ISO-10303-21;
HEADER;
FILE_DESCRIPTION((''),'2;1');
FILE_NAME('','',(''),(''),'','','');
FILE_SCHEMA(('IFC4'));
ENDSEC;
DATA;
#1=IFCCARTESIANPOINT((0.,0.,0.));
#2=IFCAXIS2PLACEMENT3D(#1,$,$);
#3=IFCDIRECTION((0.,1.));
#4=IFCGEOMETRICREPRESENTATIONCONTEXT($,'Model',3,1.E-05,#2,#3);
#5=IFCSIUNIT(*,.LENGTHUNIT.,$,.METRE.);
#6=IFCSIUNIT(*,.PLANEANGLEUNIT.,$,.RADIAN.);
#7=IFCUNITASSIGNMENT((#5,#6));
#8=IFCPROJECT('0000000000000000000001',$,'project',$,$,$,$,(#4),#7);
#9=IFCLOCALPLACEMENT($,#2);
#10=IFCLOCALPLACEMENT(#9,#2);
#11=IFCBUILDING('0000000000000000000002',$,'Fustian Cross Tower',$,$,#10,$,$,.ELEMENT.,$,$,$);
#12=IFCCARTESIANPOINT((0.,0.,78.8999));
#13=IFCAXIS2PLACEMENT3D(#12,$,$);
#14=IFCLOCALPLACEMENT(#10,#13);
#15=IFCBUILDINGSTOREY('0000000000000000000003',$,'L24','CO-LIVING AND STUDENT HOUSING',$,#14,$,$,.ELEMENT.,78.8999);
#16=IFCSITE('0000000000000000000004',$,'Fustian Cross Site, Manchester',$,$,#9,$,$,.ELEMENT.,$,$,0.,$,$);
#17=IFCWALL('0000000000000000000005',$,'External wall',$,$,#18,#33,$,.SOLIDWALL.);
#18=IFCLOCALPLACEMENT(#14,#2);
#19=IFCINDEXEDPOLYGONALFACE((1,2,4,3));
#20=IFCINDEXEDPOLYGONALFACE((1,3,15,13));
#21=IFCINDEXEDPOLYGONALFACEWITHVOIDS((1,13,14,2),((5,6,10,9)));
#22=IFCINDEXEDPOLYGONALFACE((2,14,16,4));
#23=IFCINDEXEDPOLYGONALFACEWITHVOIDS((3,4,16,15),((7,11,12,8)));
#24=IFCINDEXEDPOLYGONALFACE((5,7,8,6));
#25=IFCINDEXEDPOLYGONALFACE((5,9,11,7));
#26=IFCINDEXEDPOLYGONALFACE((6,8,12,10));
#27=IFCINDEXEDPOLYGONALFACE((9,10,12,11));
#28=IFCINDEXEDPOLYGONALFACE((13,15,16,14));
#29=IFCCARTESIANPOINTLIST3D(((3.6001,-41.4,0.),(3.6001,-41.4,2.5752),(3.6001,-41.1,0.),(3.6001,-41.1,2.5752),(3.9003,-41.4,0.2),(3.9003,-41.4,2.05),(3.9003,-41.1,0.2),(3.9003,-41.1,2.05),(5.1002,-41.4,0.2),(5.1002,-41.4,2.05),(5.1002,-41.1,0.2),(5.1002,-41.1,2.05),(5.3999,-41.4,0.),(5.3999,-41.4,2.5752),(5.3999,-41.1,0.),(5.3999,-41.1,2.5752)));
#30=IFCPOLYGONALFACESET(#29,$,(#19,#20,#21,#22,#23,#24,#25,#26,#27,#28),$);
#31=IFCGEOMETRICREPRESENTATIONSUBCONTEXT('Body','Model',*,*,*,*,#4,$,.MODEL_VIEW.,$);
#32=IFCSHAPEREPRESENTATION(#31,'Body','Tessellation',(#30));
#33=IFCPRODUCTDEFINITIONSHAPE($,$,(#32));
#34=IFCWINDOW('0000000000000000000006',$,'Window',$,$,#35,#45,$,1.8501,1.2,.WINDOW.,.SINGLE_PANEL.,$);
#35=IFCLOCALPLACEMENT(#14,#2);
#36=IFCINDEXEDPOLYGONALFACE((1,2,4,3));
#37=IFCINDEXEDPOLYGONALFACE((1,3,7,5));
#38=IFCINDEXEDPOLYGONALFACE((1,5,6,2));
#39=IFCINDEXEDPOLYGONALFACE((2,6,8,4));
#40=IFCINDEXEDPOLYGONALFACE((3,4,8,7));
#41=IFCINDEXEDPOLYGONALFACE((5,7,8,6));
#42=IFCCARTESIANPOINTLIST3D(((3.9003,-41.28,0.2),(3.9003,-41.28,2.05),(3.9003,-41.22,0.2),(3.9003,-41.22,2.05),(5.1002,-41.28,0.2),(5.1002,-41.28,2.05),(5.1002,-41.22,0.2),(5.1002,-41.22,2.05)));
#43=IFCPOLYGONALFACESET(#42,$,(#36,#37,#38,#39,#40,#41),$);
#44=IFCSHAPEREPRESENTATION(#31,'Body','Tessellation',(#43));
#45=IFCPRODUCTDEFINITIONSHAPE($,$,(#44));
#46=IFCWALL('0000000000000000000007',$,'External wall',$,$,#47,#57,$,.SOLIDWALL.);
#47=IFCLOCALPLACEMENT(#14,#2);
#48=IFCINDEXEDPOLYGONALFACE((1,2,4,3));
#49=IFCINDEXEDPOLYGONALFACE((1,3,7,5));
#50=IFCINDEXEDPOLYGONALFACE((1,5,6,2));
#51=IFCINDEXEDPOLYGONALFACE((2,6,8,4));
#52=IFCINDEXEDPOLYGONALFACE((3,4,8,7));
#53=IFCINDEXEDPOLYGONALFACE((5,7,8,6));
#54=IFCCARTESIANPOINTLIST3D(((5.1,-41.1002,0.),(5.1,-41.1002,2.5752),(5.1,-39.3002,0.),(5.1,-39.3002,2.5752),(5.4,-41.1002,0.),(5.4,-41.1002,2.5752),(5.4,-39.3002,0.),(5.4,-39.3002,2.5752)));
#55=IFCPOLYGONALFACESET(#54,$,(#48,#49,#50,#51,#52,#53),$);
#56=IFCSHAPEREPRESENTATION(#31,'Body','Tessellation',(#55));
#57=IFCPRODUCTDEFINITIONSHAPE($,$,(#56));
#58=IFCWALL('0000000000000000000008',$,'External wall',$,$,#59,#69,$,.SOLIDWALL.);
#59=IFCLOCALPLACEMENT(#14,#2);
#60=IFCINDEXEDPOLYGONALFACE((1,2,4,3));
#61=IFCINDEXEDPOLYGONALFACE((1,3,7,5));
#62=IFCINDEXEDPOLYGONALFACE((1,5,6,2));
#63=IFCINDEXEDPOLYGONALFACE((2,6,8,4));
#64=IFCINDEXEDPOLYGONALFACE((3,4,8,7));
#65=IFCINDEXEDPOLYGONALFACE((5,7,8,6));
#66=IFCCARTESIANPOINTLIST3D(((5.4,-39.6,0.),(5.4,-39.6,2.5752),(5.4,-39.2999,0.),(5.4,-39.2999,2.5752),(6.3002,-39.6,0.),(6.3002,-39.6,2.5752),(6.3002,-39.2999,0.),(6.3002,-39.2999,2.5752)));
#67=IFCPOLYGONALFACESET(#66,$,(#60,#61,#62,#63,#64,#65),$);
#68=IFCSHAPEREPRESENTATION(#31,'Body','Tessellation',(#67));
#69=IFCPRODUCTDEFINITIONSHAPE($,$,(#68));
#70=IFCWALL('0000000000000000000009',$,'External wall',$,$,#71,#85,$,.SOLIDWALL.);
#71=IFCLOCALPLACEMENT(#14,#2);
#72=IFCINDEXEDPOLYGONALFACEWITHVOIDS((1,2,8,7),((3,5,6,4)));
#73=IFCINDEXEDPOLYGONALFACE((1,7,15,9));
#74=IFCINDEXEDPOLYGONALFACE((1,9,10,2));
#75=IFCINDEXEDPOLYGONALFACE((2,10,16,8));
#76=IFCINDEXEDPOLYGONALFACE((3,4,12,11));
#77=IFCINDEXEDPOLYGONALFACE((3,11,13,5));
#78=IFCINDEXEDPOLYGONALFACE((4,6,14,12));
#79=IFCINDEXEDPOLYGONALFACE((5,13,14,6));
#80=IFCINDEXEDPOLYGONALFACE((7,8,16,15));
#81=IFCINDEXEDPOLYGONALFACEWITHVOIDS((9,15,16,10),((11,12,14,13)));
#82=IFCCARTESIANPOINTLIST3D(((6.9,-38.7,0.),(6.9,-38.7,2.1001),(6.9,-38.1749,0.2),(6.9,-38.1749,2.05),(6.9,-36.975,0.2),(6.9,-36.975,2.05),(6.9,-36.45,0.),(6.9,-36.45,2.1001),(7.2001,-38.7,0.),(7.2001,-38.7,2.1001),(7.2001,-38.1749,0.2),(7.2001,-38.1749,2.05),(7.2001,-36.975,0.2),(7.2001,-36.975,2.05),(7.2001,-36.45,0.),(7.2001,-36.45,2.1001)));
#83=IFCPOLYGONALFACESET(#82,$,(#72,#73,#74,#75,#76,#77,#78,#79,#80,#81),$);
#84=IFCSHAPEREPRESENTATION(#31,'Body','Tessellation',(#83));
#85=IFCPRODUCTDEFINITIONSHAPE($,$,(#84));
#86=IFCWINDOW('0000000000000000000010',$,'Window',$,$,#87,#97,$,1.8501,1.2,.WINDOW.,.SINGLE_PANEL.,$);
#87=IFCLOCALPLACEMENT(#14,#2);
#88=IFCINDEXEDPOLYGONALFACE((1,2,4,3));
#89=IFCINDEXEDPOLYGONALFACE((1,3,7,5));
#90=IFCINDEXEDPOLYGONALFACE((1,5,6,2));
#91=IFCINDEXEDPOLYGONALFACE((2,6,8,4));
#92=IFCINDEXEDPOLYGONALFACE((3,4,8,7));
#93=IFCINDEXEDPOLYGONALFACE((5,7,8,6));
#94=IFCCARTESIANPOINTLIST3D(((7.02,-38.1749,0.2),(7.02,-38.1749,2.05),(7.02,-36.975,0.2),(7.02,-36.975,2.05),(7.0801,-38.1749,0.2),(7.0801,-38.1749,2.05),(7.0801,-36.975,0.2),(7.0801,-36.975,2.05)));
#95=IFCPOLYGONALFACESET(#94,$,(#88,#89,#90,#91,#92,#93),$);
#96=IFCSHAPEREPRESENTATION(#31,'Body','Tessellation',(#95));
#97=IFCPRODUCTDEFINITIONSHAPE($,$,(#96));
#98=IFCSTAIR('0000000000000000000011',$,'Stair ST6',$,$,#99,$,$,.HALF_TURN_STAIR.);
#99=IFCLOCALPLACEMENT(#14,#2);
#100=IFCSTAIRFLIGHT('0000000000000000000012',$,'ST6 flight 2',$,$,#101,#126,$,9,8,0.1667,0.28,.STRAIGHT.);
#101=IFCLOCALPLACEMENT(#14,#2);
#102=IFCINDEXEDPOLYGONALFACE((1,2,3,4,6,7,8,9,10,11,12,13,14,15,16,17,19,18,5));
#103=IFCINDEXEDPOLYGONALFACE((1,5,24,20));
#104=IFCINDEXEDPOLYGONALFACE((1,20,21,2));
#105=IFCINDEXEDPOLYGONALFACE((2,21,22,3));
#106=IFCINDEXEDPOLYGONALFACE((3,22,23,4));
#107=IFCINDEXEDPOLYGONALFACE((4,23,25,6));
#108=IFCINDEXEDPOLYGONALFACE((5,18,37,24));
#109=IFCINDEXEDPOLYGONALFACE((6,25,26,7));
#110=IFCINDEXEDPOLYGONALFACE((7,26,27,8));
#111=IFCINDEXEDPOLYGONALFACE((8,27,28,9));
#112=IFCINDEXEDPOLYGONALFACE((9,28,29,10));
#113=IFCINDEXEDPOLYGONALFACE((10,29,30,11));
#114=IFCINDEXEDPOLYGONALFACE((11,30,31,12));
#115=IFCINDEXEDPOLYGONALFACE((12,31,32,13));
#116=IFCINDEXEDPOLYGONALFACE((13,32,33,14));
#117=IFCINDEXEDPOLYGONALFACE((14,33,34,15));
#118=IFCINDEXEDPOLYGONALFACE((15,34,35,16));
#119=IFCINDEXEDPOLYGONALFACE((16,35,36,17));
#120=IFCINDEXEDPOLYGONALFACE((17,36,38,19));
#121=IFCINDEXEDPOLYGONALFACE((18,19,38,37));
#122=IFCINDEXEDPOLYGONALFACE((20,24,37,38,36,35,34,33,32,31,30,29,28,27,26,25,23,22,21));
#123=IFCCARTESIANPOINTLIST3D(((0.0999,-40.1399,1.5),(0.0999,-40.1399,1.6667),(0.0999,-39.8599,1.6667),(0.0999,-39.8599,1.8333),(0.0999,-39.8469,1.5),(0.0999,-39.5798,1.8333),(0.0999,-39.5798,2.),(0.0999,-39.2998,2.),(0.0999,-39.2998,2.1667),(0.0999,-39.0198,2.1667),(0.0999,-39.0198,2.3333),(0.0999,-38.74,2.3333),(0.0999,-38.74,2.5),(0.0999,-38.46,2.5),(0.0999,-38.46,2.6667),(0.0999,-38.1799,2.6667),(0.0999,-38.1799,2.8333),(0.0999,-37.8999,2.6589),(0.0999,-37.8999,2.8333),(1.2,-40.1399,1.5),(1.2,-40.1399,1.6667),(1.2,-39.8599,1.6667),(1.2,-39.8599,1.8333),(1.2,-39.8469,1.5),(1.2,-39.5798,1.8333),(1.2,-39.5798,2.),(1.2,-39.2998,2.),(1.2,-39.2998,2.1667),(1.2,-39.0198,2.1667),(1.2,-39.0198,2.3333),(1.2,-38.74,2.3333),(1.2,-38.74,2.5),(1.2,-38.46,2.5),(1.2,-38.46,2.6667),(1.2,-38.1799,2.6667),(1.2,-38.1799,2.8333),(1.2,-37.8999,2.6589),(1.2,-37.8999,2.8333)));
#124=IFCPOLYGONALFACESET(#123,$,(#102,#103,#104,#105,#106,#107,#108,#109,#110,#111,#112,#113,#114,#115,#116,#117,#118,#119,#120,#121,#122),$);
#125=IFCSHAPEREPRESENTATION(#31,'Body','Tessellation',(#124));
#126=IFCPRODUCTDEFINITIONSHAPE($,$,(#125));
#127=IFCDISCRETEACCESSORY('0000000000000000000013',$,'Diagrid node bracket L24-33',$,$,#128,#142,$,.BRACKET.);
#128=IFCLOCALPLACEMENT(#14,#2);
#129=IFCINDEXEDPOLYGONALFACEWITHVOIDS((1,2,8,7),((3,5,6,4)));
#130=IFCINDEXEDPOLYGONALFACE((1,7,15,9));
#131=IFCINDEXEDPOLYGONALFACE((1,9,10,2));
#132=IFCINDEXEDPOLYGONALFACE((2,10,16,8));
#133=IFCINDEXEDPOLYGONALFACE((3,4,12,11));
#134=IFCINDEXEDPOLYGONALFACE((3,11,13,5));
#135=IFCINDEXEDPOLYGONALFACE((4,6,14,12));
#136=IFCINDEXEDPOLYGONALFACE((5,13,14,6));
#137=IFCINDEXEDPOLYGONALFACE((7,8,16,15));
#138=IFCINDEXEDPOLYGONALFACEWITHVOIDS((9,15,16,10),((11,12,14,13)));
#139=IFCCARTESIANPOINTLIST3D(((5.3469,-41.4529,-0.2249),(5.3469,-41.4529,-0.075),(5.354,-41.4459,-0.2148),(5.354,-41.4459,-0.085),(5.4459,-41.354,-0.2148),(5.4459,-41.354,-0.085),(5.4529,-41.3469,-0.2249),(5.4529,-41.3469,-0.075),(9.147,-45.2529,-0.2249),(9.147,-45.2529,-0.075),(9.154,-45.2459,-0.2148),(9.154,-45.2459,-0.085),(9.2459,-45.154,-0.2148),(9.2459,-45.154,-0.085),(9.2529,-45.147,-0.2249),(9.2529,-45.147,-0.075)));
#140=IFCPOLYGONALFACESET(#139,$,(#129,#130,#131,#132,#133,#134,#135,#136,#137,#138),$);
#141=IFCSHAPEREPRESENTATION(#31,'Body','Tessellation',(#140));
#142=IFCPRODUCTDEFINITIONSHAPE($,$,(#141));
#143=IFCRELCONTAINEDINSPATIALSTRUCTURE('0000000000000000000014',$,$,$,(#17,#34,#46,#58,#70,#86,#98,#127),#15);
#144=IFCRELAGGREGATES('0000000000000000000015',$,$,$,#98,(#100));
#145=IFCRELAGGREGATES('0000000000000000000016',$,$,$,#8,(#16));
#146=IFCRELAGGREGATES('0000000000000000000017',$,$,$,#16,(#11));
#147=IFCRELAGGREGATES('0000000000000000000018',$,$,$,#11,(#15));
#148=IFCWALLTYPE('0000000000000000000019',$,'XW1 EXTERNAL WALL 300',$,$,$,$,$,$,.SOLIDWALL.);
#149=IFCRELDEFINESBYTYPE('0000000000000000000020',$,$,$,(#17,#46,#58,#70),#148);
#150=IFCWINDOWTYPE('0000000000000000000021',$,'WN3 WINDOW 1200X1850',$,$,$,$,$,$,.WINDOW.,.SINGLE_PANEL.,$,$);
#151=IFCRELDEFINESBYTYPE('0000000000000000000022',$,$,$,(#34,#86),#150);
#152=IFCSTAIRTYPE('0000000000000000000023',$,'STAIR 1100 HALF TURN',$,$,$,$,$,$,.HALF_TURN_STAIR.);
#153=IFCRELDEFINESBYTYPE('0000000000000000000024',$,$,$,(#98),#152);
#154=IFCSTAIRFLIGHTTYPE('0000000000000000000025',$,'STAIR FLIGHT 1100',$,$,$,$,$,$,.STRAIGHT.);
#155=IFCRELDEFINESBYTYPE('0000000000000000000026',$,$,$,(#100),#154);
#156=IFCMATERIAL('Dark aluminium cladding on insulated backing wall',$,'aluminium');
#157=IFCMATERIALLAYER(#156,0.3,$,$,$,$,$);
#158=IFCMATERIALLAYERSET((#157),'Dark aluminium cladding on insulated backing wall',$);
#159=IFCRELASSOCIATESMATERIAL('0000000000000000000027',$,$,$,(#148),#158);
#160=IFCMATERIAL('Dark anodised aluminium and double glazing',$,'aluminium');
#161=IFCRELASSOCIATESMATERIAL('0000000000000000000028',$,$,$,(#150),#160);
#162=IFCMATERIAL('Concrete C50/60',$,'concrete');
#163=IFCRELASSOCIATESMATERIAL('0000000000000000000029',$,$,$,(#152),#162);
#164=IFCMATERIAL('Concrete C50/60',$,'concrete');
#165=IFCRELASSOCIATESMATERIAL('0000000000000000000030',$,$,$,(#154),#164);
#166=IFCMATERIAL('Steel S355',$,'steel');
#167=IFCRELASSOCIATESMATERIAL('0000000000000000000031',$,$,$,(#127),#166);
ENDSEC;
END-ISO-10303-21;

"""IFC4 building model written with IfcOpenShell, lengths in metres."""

from ifc_helpers import new_model, si_unit, direction, frame, frame_2d, origin, origin_2d, place, context, subcontext, project, spatial, polyline, rectangle, hollow_rectangle, outline, extrude, material, layer, layer_set, type_object, element, fill, aggregate, save


model = new_model("IFC4")

# Units and contexts
model_context = context("Model", 3, precision=1e-05, world=origin(), true_north=direction((0.0, 1.0)))
body_context = subcontext(model_context, "Body", "Model", "MODEL_VIEW")
ifc_project = project(units=[si_unit("LENGTHUNIT", "METRE"), si_unit("PLANEANGLEUNIT", "RADIAN")], contexts=[model_context])

# Site, building, storey
site_placement = place(None, origin())
site = spatial("IfcSite", under=ifc_project, at=site_placement, Name="Fustian Cross Site, Manchester", CompositionType="ELEMENT", RefElevation=0.0)
building_placement = place(site_placement, origin())
building = spatial("IfcBuilding", under=site, at=building_placement, Name="Fustian Cross Tower", CompositionType="ELEMENT")
storey_placement = place(building_placement, frame((0.0, 0.0, 78.8999)))
storey = spatial("IfcBuildingStorey", under=building, at=storey_placement, Name="L24", Description="CO-LIVING AND STUDENT HOUSING", CompositionType="ELEMENT", Elevation=78.8999)

# Shared definitions
ifc_material_1 = material(Name="Dark aluminium cladding on insulated backing wall", Category="aluminium")
ifc_layer = layer(ifc_material_1, 0.3)
ifc_layer_set = layer_set([ifc_layer], Name="Dark aluminium cladding on insulated backing wall")
wall_type = type_object("IfcWallType", Name="XW1 EXTERNAL WALL 300", PredefinedType="SOLIDWALL", material=ifc_layer_set)

# Wall, opening, window
wall_1_placement = place(storey_placement, frame((3.6001, -41.25, 0.0), z_axis=(0.0, 0.0, 1.0), x_axis=(1.0, 0.0, 0.0)))
wall_1 = element("IfcWall", 1, at=wall_1_placement, inside=storey, type_object=wall_type, Name="External wall", PredefinedType="SOLIDWALL", context=body_context, shape_type="SweptSolid", body=[
    extrude(rectangle(XDim=1.7998, YDim=0.3, at=frame_2d((0.8999, 0.0))), origin(), (0.0, 0.0, 1.0), 2.5752),
])
opening_1_placement = place(wall_1_placement, frame((0.3, 0.0, 0.2)))
opening_1 = element("IfcOpeningElement", 2, at=opening_1_placement, cuts=wall_1, PredefinedType="OPENING", context=body_context, shape_type="SweptSolid", body=[
    extrude(rectangle(XDim=1.2, YDim=1.8501, at=frame_2d((0.6001, 0.925))), frame((0.0, 0.1599, 0.0), z_axis=(0.0, -1.0, 0.0), x_axis=(1.0, 0.0, 0.0)), (0.0, 0.0, 1.0), 0.3201),
])
ifc_material_2 = material(Name="Dark anodised aluminium and double glazing", Category="aluminium")
window_type = type_object("IfcWindowType", Name="WN3 WINDOW 1200X1850", PartitioningType="SINGLE_PANEL", PredefinedType="WINDOW", material=ifc_material_2)
window_1_placement = place(opening_1_placement, origin())
window_1 = element("IfcWindow", 3, at=window_1_placement, inside=storey, type_object=window_type, Name="Window", OverallHeight=1.8501, OverallWidth=1.2, PartitioningType="SINGLE_PANEL", PredefinedType="WINDOW", context=body_context, shape_type="SweptSolid", body=[
    extrude(rectangle(XDim=1.2, YDim=1.8501, at=frame_2d((0.6001, 0.925))), frame((0.0, 0.03, 0.0), z_axis=(0.0, -1.0, 0.0), x_axis=(1.0, 0.0, 0.0)), (0.0, 0.0, 1.0), 0.0601),
])
fill(opening_1, window_1)

# Walls
wall_2_placement = place(storey_placement, frame((5.25, -41.1001, 0.0), z_axis=(0.0, 0.0, 1.0), x_axis=(0.0, 1.0, 0.0)))
element("IfcWall", 4, at=wall_2_placement, inside=storey, type_object=wall_type, Name="External wall", PredefinedType="SOLIDWALL", context=body_context, shape_type="SweptSolid", body=[
    extrude(rectangle(XDim=1.8, YDim=0.3, at=frame_2d((0.8999, 0.0))), origin(), (0.0, 0.0, 1.0), 2.5752),
])
wall_3_placement = place(storey_placement, frame((5.3999, -39.45, 0.0), z_axis=(0.0, 0.0, 1.0), x_axis=(1.0, 0.0, 0.0)))
element("IfcWall", 5, at=wall_3_placement, inside=storey, type_object=wall_type, Name="External wall", PredefinedType="SOLIDWALL", context=body_context, shape_type="SweptSolid", body=[
    extrude(rectangle(XDim=0.9001, YDim=0.3, at=frame_2d((0.4502, 0.0))), origin(), (0.0, 0.0, 1.0), 2.5752),
])

# Wall, opening, window
wall_4_placement = place(storey_placement, frame((7.05, -38.7, 0.0), z_axis=(0.0, 0.0, 1.0), x_axis=(0.0, 1.0, 0.0)))
wall_4 = element("IfcWall", 6, at=wall_4_placement, inside=storey, type_object=wall_type, Name="External wall", PredefinedType="SOLIDWALL", context=body_context, shape_type="SweptSolid", body=[
    extrude(rectangle(XDim=2.25, YDim=0.3, at=frame_2d((1.125, 0.0))), origin(), (0.0, 0.0, 1.0), 2.1001),
])
opening_2_placement = place(wall_4_placement, frame((0.5249, 0.0, 0.2)))
opening_2 = element("IfcOpeningElement", 7, at=opening_2_placement, cuts=wall_4, PredefinedType="OPENING", context=body_context, shape_type="SweptSolid", body=[
    extrude(rectangle(XDim=1.2, YDim=1.8501, at=frame_2d((0.6001, 0.925))), frame((0.0, 0.1599, 0.0), z_axis=(0.0, -1.0, 0.0), x_axis=(1.0, 0.0, 0.0)), (0.0, 0.0, 1.0), 0.3201),
])
window_2_placement = place(opening_2_placement, origin())
window_2 = element("IfcWindow", 8, at=window_2_placement, inside=storey, type_object=window_type, Name="Window", OverallHeight=1.8501, OverallWidth=1.2, PartitioningType="SINGLE_PANEL", PredefinedType="WINDOW", context=body_context, shape_type="SweptSolid", body=[
    extrude(rectangle(XDim=1.2, YDim=1.8501, at=frame_2d((0.6001, 0.925))), frame((0.0, 0.03, 0.0), z_axis=(0.0, -1.0, 0.0), x_axis=(1.0, 0.0, 0.0)), (0.0, 0.0, 1.0), 0.0601),
])
fill(opening_2, window_2)

# Stair, stair flight
ifc_material_3 = material(Name="Concrete C50/60", Category="concrete")
stair_type = type_object("IfcStairType", Name="STAIR 1100 HALF TURN", PredefinedType="HALF_TURN_STAIR", material=ifc_material_3)
stair_placement = place(storey_placement, origin())
stair = element("IfcStair", 9, at=stair_placement, inside=storey, type_object=stair_type, Name="Stair ST6", PredefinedType="HALF_TURN_STAIR")
ifc_material_4 = material(Name="Concrete C50/60", Category="concrete")
stair_flight_type = type_object("IfcStairFlightType", Name="STAIR FLIGHT 1100", PredefinedType="STRAIGHT", material=ifc_material_4)
stair_flight_placement = place(storey_placement, frame((0.6499, -40.1399, 1.5), z_axis=(0.0, 0.0, 1.0), x_axis=(0.0, 1.0, 0.0)))
stair_flight = element("IfcStairFlight", 10, at=stair_flight_placement, type_object=stair_flight_type, Name="ST6 flight 2", NumberOfRisers=9, NumberOfTreads=8, PredefinedType="STRAIGHT", RiserHeight=0.1667, TreadLength=0.28, context=body_context, shape_type="SweptSolid", body=[
    extrude(outline(polyline([(0.0, 0.0), (0.0, 0.1667), (0.28, 0.1667), (0.28, 0.3333), (0.5601, 0.3333), (0.5601, 0.5), (0.8401, 0.5), (0.8401, 0.6667), (1.1201, 0.6667), (1.1201, 0.8333), (1.3999, 0.8333), (1.3999, 1.0), (1.6799, 1.0), (1.6799, 1.1667), (1.96, 1.1667), (1.96, 1.3333), (2.24, 1.3333), (2.24, 1.5), (2.24, 1.1589), (0.293, 0.0), (0.0, 0.0)])), frame((0.0, 0.55, 0.0), z_axis=(0.0, -1.0, 0.0), x_axis=(1.0, 0.0, 0.0)), (0.0, 0.0, 1.0), 1.1001),
])
aggregate(stair, [stair_flight])

# Discrete accessory
ifc_material_5 = material(Name="Steel S355", Category="steel")
discrete_accessory_placement = place(storey_placement, frame((9.2, -45.2, -0.1499), z_axis=(-0.707107, 0.707107, 0.0), x_axis=(-0.707107, -0.707107, 0.0)))
element("IfcDiscreteAccessory", 11, at=discrete_accessory_placement, inside=storey, material=ifc_material_5, Name="Diagrid node bracket L24-33", PredefinedType="BRACKET", context=body_context, shape_type="SweptSolid", body=[
    extrude(hollow_rectangle(XDim=0.1499, YDim=0.1499, WallThickness=0.01, at=origin_2d()), origin(), (0.0, 0.0, 1.0), 5.374),
])

save(model, "model.ifc")
